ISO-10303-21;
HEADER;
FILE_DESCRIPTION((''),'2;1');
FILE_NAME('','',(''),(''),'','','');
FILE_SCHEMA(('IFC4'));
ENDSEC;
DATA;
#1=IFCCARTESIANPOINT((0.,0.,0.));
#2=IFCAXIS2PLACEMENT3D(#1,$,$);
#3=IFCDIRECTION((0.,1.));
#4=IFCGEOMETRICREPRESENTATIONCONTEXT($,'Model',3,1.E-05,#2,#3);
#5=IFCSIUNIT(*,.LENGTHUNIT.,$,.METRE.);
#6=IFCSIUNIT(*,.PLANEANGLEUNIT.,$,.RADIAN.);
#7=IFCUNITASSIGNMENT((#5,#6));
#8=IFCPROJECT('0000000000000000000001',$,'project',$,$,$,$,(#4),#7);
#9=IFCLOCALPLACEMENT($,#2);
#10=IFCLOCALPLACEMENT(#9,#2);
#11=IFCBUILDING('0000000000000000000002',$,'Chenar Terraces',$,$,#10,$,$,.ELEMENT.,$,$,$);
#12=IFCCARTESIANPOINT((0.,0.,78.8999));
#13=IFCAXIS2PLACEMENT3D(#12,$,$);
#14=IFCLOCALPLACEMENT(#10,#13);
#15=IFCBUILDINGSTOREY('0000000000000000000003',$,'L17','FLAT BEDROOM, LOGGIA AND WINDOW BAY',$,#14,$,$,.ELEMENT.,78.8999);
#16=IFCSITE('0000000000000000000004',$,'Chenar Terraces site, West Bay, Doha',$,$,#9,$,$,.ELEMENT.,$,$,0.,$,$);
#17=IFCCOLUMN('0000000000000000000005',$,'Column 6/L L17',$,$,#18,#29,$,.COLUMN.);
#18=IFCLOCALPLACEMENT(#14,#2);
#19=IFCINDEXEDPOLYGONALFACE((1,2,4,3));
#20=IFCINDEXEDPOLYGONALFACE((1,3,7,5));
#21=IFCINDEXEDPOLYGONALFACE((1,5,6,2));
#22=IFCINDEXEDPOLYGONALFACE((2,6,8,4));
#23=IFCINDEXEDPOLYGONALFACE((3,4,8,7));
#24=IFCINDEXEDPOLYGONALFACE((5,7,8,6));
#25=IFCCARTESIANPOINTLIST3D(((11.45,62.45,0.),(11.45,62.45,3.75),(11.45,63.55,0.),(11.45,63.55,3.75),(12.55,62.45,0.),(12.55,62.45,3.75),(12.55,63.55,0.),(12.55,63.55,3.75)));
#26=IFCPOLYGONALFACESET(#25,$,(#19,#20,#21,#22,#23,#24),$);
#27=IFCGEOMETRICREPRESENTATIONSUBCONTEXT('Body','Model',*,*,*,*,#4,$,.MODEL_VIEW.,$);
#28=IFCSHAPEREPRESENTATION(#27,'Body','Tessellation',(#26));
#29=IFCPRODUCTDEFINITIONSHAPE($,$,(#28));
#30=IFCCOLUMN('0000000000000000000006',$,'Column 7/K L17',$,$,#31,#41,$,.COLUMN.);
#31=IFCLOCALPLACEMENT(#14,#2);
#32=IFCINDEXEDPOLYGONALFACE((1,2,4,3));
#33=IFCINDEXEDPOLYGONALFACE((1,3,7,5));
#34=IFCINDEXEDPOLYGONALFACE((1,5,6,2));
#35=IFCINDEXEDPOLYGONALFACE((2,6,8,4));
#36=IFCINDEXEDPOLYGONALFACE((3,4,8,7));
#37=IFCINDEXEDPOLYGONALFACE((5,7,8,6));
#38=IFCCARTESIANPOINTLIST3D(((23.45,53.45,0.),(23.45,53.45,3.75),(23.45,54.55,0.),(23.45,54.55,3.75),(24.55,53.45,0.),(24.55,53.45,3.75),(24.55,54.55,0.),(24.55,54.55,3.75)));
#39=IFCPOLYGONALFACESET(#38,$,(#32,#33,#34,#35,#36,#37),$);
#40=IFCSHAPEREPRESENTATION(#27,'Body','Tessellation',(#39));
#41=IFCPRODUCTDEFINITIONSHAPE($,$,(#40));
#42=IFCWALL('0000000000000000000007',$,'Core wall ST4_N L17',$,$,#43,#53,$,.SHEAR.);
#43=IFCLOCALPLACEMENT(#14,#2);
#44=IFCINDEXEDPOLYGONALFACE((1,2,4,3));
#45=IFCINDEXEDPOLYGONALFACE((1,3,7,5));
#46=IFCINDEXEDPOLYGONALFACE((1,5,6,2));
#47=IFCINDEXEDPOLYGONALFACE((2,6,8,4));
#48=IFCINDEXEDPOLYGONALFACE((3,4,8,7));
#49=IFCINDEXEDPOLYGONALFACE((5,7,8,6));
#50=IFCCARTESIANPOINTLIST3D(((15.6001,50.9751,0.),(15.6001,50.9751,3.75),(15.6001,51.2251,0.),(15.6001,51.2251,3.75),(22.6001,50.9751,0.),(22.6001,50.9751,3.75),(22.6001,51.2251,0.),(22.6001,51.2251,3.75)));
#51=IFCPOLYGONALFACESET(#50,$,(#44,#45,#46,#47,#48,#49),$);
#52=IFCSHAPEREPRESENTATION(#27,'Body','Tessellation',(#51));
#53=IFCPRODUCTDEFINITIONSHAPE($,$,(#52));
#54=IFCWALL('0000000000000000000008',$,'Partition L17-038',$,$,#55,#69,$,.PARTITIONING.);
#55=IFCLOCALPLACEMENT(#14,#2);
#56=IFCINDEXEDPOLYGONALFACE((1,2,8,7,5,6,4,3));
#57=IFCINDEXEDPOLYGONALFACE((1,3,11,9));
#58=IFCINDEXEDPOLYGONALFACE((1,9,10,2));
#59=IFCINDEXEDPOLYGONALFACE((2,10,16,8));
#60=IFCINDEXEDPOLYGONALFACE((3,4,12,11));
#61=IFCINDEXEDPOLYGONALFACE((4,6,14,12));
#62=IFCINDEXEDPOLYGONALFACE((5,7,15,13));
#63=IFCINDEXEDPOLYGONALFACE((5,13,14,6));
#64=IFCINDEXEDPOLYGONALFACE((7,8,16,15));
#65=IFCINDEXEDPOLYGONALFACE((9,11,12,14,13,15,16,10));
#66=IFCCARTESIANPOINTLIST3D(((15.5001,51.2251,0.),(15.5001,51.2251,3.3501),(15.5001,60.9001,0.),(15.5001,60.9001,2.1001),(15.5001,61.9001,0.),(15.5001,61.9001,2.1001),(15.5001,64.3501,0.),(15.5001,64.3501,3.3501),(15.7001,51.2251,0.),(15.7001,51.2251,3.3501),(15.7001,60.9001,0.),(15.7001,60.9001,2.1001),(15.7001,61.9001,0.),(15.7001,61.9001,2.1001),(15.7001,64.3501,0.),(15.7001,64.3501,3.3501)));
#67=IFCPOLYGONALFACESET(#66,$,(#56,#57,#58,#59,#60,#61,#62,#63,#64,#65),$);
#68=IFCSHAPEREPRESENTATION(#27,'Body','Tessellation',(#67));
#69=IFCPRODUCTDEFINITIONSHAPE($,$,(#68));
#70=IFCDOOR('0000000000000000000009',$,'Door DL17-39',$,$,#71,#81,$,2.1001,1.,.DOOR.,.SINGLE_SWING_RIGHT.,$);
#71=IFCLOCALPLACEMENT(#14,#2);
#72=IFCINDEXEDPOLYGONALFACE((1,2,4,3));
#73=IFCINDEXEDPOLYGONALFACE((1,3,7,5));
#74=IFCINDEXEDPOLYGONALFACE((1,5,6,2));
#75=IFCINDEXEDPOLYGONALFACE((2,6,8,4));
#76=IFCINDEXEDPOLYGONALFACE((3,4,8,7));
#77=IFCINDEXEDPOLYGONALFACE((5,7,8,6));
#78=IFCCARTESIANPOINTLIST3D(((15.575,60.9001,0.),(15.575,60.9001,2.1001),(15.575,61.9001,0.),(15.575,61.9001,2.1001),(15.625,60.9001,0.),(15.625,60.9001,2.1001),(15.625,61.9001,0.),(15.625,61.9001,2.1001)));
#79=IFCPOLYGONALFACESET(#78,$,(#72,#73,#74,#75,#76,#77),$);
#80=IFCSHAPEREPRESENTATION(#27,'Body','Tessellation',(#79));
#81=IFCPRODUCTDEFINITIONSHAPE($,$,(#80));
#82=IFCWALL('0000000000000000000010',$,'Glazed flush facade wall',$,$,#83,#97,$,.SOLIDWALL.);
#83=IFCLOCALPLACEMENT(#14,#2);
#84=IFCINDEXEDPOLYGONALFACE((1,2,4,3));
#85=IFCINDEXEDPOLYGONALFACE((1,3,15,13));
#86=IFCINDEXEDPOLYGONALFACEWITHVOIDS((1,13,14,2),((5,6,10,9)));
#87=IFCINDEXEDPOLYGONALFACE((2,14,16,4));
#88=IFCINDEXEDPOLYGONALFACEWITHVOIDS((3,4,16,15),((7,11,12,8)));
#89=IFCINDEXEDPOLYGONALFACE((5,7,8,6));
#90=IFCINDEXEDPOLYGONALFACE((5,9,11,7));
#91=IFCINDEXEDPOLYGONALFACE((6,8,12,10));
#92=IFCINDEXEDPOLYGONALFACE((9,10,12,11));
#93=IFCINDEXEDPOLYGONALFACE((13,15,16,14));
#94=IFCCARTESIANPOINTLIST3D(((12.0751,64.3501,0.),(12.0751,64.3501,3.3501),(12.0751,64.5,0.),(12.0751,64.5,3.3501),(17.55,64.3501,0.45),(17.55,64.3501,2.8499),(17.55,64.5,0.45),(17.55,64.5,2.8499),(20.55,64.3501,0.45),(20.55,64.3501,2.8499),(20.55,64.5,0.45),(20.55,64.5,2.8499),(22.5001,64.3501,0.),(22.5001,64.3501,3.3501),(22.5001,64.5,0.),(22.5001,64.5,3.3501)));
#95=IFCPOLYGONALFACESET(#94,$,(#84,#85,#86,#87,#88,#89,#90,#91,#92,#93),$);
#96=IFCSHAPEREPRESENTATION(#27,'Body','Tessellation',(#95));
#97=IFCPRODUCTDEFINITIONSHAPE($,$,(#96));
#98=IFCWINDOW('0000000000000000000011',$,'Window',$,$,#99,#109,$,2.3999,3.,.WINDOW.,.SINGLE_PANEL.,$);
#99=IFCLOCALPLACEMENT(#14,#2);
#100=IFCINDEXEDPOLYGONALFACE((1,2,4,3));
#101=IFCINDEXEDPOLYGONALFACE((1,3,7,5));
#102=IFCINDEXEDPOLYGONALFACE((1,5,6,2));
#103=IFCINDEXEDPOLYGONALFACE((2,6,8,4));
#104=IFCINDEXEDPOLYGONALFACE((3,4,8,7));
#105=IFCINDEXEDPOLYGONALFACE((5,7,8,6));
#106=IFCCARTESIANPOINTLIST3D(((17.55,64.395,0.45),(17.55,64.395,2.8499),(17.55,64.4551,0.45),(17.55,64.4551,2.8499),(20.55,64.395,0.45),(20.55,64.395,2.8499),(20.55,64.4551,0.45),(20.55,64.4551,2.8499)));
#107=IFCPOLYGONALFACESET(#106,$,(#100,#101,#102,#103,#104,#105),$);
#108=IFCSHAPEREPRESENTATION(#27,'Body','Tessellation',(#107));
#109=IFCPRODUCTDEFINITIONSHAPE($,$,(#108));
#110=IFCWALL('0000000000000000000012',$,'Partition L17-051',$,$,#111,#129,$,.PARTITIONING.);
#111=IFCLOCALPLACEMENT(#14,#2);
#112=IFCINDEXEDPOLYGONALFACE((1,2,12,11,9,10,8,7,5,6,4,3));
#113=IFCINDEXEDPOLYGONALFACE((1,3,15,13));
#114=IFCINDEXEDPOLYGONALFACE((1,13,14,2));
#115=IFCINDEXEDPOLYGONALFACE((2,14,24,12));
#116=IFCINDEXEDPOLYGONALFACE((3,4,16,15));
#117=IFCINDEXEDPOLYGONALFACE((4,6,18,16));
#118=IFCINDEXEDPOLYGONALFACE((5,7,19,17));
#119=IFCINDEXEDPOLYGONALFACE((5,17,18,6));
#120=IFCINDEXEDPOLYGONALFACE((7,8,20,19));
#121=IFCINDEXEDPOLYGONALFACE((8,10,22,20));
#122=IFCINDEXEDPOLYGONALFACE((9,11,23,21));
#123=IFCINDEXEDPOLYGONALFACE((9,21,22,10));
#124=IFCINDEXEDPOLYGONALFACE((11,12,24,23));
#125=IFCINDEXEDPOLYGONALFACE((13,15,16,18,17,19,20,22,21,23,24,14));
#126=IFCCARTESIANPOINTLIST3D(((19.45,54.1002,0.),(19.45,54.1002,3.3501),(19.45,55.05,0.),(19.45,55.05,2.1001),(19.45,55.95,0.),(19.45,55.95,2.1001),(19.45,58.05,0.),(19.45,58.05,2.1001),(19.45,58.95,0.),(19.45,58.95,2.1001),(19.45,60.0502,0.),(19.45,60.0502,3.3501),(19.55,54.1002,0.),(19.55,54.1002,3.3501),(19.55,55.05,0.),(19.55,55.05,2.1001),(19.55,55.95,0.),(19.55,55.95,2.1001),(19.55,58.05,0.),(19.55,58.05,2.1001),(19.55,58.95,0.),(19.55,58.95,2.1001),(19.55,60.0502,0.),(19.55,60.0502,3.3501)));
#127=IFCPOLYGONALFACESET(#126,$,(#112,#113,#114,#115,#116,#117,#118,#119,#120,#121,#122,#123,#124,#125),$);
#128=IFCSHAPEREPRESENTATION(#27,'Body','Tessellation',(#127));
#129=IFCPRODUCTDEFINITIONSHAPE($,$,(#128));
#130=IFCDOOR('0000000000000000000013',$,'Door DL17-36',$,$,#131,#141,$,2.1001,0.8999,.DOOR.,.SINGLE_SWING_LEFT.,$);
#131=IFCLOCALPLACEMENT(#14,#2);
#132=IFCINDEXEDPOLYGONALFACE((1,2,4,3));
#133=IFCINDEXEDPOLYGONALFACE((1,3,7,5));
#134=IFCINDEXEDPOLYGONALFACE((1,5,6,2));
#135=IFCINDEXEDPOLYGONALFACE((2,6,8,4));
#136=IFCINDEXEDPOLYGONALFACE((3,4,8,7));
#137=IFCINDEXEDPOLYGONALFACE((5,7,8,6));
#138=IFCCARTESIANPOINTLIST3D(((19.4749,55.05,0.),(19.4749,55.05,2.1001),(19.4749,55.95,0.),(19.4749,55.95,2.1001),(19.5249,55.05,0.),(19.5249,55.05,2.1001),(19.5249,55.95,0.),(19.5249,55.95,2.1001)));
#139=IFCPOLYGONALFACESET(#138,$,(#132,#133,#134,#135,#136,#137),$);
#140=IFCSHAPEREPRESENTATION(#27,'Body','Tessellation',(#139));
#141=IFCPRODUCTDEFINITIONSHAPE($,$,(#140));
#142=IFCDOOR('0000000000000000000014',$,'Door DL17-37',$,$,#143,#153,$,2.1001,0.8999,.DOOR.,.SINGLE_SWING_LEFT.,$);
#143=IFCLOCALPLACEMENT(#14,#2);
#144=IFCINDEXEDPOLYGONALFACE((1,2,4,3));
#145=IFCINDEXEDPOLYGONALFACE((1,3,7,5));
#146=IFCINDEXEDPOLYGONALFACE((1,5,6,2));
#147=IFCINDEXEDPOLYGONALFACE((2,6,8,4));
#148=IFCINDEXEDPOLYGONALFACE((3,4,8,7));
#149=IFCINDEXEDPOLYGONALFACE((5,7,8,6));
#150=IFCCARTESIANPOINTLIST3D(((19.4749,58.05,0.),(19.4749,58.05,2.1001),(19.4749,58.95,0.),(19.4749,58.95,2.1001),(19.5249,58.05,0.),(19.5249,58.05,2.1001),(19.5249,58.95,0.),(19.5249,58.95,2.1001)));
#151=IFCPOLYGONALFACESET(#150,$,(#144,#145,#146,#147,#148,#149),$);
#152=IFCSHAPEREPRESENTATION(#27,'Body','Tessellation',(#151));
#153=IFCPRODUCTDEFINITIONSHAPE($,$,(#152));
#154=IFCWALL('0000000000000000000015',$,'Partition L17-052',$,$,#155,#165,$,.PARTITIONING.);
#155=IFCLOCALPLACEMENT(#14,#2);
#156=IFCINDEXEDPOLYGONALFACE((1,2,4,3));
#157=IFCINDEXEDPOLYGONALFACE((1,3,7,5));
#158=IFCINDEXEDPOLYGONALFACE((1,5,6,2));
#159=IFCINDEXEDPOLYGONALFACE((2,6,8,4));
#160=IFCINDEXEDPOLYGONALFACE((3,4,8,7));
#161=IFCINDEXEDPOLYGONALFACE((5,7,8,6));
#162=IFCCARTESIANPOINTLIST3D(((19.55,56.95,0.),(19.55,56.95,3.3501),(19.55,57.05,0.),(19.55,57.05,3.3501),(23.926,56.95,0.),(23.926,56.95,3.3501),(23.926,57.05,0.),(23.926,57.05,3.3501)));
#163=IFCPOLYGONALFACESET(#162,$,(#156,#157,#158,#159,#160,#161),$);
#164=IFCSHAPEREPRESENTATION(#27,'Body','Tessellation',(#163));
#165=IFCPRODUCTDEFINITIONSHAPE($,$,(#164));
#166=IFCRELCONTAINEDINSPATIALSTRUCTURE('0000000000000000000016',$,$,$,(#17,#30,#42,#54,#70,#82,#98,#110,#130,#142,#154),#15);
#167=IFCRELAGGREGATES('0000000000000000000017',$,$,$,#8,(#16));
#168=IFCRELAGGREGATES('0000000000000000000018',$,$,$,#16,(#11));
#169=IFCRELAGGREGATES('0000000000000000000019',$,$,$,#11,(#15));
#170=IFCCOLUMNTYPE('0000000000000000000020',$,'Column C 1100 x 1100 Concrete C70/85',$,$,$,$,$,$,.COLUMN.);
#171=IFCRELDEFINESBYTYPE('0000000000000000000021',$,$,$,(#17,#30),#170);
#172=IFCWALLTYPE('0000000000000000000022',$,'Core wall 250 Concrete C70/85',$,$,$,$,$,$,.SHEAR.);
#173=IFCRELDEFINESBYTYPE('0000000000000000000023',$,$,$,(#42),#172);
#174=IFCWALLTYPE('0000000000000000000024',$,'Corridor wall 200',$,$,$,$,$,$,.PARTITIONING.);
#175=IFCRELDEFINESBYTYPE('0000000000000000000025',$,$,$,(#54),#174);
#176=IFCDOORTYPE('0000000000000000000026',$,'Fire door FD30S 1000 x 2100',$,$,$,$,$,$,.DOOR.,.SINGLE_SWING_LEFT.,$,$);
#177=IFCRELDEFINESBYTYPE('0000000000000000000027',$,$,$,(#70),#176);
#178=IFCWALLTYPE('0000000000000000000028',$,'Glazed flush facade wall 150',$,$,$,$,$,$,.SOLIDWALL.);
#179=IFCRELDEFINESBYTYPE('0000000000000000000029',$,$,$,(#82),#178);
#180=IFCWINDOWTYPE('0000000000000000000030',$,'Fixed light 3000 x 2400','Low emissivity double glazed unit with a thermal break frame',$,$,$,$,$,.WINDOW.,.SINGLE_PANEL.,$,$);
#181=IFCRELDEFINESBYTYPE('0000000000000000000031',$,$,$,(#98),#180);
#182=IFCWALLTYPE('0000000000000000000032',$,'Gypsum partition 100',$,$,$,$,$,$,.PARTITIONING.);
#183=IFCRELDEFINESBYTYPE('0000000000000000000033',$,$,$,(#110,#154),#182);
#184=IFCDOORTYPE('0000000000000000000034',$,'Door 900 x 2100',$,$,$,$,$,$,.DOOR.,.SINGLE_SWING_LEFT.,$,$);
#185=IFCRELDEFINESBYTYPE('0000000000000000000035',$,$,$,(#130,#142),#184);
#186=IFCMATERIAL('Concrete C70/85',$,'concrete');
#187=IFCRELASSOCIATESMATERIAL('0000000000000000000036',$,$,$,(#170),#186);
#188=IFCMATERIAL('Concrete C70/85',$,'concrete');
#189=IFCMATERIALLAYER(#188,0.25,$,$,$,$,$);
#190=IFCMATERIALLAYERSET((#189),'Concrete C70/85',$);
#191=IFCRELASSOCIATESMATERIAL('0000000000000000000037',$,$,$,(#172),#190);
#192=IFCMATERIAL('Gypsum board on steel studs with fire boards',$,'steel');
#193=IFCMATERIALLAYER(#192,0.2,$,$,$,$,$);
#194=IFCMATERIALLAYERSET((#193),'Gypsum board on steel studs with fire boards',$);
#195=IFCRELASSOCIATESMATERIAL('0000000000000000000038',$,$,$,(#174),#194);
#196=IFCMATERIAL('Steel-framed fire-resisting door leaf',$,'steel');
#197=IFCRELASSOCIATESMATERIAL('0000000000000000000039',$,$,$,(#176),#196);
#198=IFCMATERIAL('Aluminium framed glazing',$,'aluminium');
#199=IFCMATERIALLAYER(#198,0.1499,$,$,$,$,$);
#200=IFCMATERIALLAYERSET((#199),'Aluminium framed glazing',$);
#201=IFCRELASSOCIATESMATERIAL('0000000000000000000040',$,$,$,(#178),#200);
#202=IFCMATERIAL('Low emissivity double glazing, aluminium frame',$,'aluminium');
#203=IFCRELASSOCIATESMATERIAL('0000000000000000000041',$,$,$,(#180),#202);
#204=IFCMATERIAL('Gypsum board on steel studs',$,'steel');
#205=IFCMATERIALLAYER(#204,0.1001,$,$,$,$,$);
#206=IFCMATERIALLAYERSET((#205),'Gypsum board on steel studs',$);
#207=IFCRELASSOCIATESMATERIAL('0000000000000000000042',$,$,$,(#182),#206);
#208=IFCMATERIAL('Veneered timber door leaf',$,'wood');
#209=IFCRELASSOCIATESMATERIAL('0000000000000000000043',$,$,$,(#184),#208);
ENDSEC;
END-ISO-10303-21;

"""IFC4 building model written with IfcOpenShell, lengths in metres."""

from ifc_helpers import new_model, si_unit, direction, frame, frame_2d, origin, origin_2d, place, context, subcontext, project, spatial, rectangle, extrude, material, layer, layer_set, material_profile, profile_set, type_object, element, fill, save


model = new_model("IFC4")

# Units and contexts
model_context = context("Model", 3, precision=1e-05, world=origin(), true_north=direction((0.0, 1.0)))
body_context = subcontext(model_context, "Body", "Model", "MODEL_VIEW")
ifc_project = project(units=[si_unit("LENGTHUNIT", "METRE"), si_unit("PLANEANGLEUNIT", "RADIAN")], contexts=[model_context])

# Site, building, storey
site_placement = place(None, origin())
site = spatial("IfcSite", under=ifc_project, at=site_placement, Name="Chenar Terraces site, West Bay, Doha", CompositionType="ELEMENT", RefElevation=0.0)
building_placement = place(site_placement, origin())
building = spatial("IfcBuilding", under=site, at=building_placement, Name="Chenar Terraces", CompositionType="ELEMENT")
storey_placement = place(building_placement, frame((0.0, 0.0, 78.8999)))
storey = spatial("IfcBuildingStorey", under=building, at=storey_placement, Name="L17", Description="FLAT BEDROOM, LOGGIA AND WINDOW BAY", CompositionType="ELEMENT", Elevation=78.8999)

# Columns
ifc_material_1 = material(Name="Concrete C70/85", Category="concrete")
ifc_material_profile_1 = material_profile(ifc_material_1, rectangle(XDim=1.1001, YDim=1.1001, at=origin_2d()), Name="C 1100 x 1100")
ifc_profile_set_1 = profile_set([ifc_material_profile_1], Name="Concrete C70/85")
column_type = type_object("IfcColumnType", Name="Column C 1100 x 1100 Concrete C70/85", PredefinedType="COLUMN", material=ifc_profile_set_1)
for number, where, z_axis, x_axis, name in (
    (1, (12.0, 63.0, 0.0), (0.0, 0.0, 1.0), (1.0, 0.0, 0.0), "Column 6/L L17"),
    (2, (24.0, 54.0, 0.0), (0.0, 0.0, 1.0), (1.0, 0.0, 0.0), "Column 7/K L17"),
):
    element("IfcColumn", number, at=place(storey_placement, frame(where, z_axis=z_axis, x_axis=x_axis)), inside=storey, type_object=column_type, Name=name, PredefinedType="COLUMN", context=body_context, shape_type="SweptSolid", body=[
        extrude(rectangle(XDim=1.1001, YDim=1.1001, at=origin_2d()), origin(), (0.0, 0.0, 1.0), 3.75),
    ])

# Wall
ifc_material_2 = material(Name="Concrete C70/85", Category="concrete")
ifc_layer_1 = layer(ifc_material_2, 0.25)
ifc_layer_set_1 = layer_set([ifc_layer_1], Name="Concrete C70/85")
wall_type_1 = type_object("IfcWallType", Name="Core wall 250 Concrete C70/85", PredefinedType="SHEAR", material=ifc_layer_set_1)
wall_1_placement = place(storey_placement, frame((15.6001, 51.1001, 0.0), z_axis=(0.0, 0.0, 1.0), x_axis=(1.0, 0.0, 0.0)))
element("IfcWall", 3, at=wall_1_placement, inside=storey, type_object=wall_type_1, Name="Core wall ST4_N L17", PredefinedType="SHEAR", context=body_context, shape_type="SweptSolid", body=[
    extrude(rectangle(XDim=7.0, YDim=0.25, at=frame_2d((3.5, 0.0))), origin(), (0.0, 0.0, 1.0), 3.75),
])

# Wall, opening, door
ifc_material_3 = material(Name="Gypsum board on steel studs with fire boards", Category="steel")
ifc_layer_2 = layer(ifc_material_3, 0.2)
ifc_layer_set_2 = layer_set([ifc_layer_2], Name="Gypsum board on steel studs with fire boards")
wall_type_2 = type_object("IfcWallType", Name="Corridor wall 200", PredefinedType="PARTITIONING", material=ifc_layer_set_2)
wall_2_placement = place(storey_placement, frame((15.6001, 51.2251, 0.0), z_axis=(0.0, 0.0, 1.0), x_axis=(0.0, 1.0, 0.0)))
wall_2 = element("IfcWall", 4, at=wall_2_placement, inside=storey, type_object=wall_type_2, Name="Partition L17-038", PredefinedType="PARTITIONING", context=body_context, shape_type="SweptSolid", body=[
    extrude(rectangle(XDim=13.125, YDim=0.2, at=frame_2d((6.5625, 0.0))), origin(), (0.0, 0.0, 1.0), 3.3501),
])
opening_1_placement = place(wall_2_placement, frame((9.675, 0.0, 0.0)))
opening_1 = element("IfcOpeningElement", 5, at=opening_1_placement, cuts=wall_2, PredefinedType="OPENING", context=body_context, shape_type="SweptSolid", body=[
    extrude(rectangle(XDim=1.0, YDim=2.1001, at=frame_2d((0.5, 1.05))), frame((0.0, 0.1099, 0.0), z_axis=(0.0, -1.0, 0.0), x_axis=(1.0, 0.0, 0.0)), (0.0, 0.0, 1.0), 0.22),
])
ifc_material_4 = material(Name="Steel-framed fire-resisting door leaf", Category="steel")
door_type_1 = type_object("IfcDoorType", Name="Fire door FD30S 1000 x 2100", OperationType="SINGLE_SWING_LEFT", PredefinedType="DOOR", material=ifc_material_4)
door_1_placement = place(opening_1_placement, frame((1.0, 0.0, 0.0), z_axis=(0.0, 0.0, 1.0), x_axis=(-1.0, 0.0, 0.0)))
door_1 = element("IfcDoor", 6, at=door_1_placement, inside=storey, type_object=door_type_1, Name="Door DL17-39", OperationType="SINGLE_SWING_RIGHT", OverallHeight=2.1001, OverallWidth=1.0, PredefinedType="DOOR", context=body_context, shape_type="SweptSolid", body=[
    extrude(rectangle(XDim=1.0, YDim=2.1001, at=frame_2d((0.5, 1.05))), frame((0.0, 0.0249, 0.0), z_axis=(0.0, -1.0, 0.0), x_axis=(1.0, 0.0, 0.0)), (0.0, 0.0, 1.0), 0.05),
])
fill(opening_1, door_1)

# Wall, opening, window
ifc_material_5 = material(Name="Aluminium framed glazing", Category="aluminium")
ifc_layer_3 = layer(ifc_material_5, 0.1499)
ifc_layer_set_3 = layer_set([ifc_layer_3], Name="Aluminium framed glazing")
wall_type_3 = type_object("IfcWallType", Name="Glazed flush facade wall 150", PredefinedType="SOLIDWALL", material=ifc_layer_set_3)
wall_3_placement = place(storey_placement, frame((22.5, 64.425, 0.0), z_axis=(0.0, 0.0, 1.0), x_axis=(-1.0, 0.0, 0.0)))
wall_3 = element("IfcWall", 7, at=wall_3_placement, inside=storey, type_object=wall_type_3, Name="Glazed flush facade wall", PredefinedType="SOLIDWALL", context=body_context, shape_type="SweptSolid", body=[
    extrude(rectangle(XDim=10.425, YDim=0.1499, at=frame_2d((5.2124, 0.0))), origin(), (0.0, 0.0, 1.0), 3.3501),
])
opening_2_placement = place(wall_3_placement, frame((1.95, 0.0, 0.45)))
opening_2 = element("IfcOpeningElement", 8, at=opening_2_placement, cuts=wall_3, PredefinedType="OPENING", context=body_context, shape_type="SweptSolid", body=[
    extrude(rectangle(XDim=3.0, YDim=2.3999, at=frame_2d((1.5, 1.2))), frame((0.0, 0.085, 0.0), z_axis=(0.0, -1.0, 0.0), x_axis=(1.0, 0.0, 0.0)), (0.0, 0.0, 1.0), 0.1699),
])
ifc_material_6 = material(Name="Low emissivity double glazing, aluminium frame", Category="aluminium")
window_type = type_object("IfcWindowType", Name="Fixed light 3000 x 2400", Description="Low emissivity double glazed unit with a thermal break frame", PartitioningType="SINGLE_PANEL", PredefinedType="WINDOW", material=ifc_material_6)
window_1_placement = place(opening_2_placement, origin())
window_1 = element("IfcWindow", 9, at=window_1_placement, inside=storey, type_object=window_type, Name="Window", OverallHeight=2.3999, OverallWidth=3.0, PartitioningType="SINGLE_PANEL", PredefinedType="WINDOW", context=body_context, shape_type="SweptSolid", body=[
    extrude(rectangle(XDim=3.0, YDim=2.3999, at=frame_2d((1.5, 1.2))), frame((0.0, 0.03, 0.0), z_axis=(0.0, -1.0, 0.0), x_axis=(1.0, 0.0, 0.0)), (0.0, 0.0, 1.0), 0.0601),
])
fill(opening_2, window_1)

# Wall, openings, doors
ifc_material_7 = material(Name="Gypsum board on steel studs", Category="steel")
ifc_layer_4 = layer(ifc_material_7, 0.1001)
ifc_layer_set_4 = layer_set([ifc_layer_4], Name="Gypsum board on steel studs")
wall_type_4 = type_object("IfcWallType", Name="Gypsum partition 100", PredefinedType="PARTITIONING", material=ifc_layer_set_4)
wall_4_placement = place(storey_placement, frame((19.5, 54.1001, 0.0), z_axis=(0.0, 0.0, 1.0), x_axis=(0.0, 1.0, 0.0)))
wall_4 = element("IfcWall", 10, at=wall_4_placement, inside=storey, type_object=wall_type_4, Name="Partition L17-051", PredefinedType="PARTITIONING", context=body_context, shape_type="SweptSolid", body=[
    extrude(rectangle(XDim=5.95, YDim=0.1001, at=frame_2d((2.9751, 0.0))), origin(), (0.0, 0.0, 1.0), 3.3501),
])
opening_3_placement = place(wall_4_placement, frame((0.95, 0.0, 0.0)))
opening_3 = element("IfcOpeningElement", 11, at=opening_3_placement, cuts=wall_4, PredefinedType="OPENING", context=body_context, shape_type="SweptSolid", body=[
    extrude(rectangle(XDim=0.8999, YDim=2.1001, at=frame_2d((0.45, 1.05))), frame((0.0, 0.0601, 0.0), z_axis=(0.0, -1.0, 0.0), x_axis=(1.0, 0.0, 0.0)), (0.0, 0.0, 1.0), 0.1201),
])
opening_4_placement = place(wall_4_placement, frame((3.95, 0.0, 0.0)))
opening_4 = element("IfcOpeningElement", 12, at=opening_4_placement, cuts=wall_4, PredefinedType="OPENING", context=body_context, shape_type="SweptSolid", body=[
    extrude(rectangle(XDim=0.8999, YDim=2.1001, at=frame_2d((0.45, 1.05))), frame((0.0, 0.0601, 0.0), z_axis=(0.0, -1.0, 0.0), x_axis=(1.0, 0.0, 0.0)), (0.0, 0.0, 1.0), 0.1201),
])
ifc_material_8 = material(Name="Veneered timber door leaf", Category="wood")
door_type_2 = type_object("IfcDoorType", Name="Door 900 x 2100", OperationType="SINGLE_SWING_LEFT", PredefinedType="DOOR", material=ifc_material_8)
door_2_placement = place(opening_3_placement, frame((0.8999, 0.0, 0.0), z_axis=(0.0, 0.0, 1.0), x_axis=(-1.0, 0.0, 0.0)))
door_2 = element("IfcDoor", 13, at=door_2_placement, inside=storey, type_object=door_type_2, Name="Door DL17-36", OperationType="SINGLE_SWING_LEFT", OverallHeight=2.1001, OverallWidth=0.8999, PredefinedType="DOOR", context=body_context, shape_type="SweptSolid", body=[
    extrude(rectangle(XDim=0.8999, YDim=2.1001, at=frame_2d((0.45, 1.05))), frame((0.0, 0.0249, 0.0), z_axis=(0.0, -1.0, 0.0), x_axis=(1.0, 0.0, 0.0)), (0.0, 0.0, 1.0), 0.05),
])
fill(opening_3, door_2)
door_3_placement = place(opening_4_placement, frame((0.8999, 0.0, 0.0), z_axis=(0.0, 0.0, 1.0), x_axis=(-1.0, 0.0, 0.0)))
door_3 = element("IfcDoor", 14, at=door_3_placement, inside=storey, type_object=door_type_2, Name="Door DL17-37", OperationType="SINGLE_SWING_LEFT", OverallHeight=2.1001, OverallWidth=0.8999, PredefinedType="DOOR", context=body_context, shape_type="SweptSolid", body=[
    extrude(rectangle(XDim=0.8999, YDim=2.1001, at=frame_2d((0.45, 1.05))), frame((0.0, 0.0249, 0.0), z_axis=(0.0, -1.0, 0.0), x_axis=(1.0, 0.0, 0.0)), (0.0, 0.0, 1.0), 0.05),
])
fill(opening_4, door_3)

# Wall
for number, where, z_axis, x_axis, name in (
    (15, (19.55, 57.0, 0.0), (0.0, 0.0, 1.0), (1.0, 0.0, 0.0), "Partition L17-052"),
):
    element("IfcWall", number, at=place(storey_placement, frame(where, z_axis=z_axis, x_axis=x_axis)), inside=storey, type_object=wall_type_4, Name=name, PredefinedType="PARTITIONING", context=body_context, shape_type="SweptSolid", body=[
        extrude(rectangle(XDim=4.376, YDim=0.1001, at=frame_2d((2.188, 0.0))), origin(), (0.0, 0.0, 1.0), 3.3501),
    ])

save(model, "model.ifc")
